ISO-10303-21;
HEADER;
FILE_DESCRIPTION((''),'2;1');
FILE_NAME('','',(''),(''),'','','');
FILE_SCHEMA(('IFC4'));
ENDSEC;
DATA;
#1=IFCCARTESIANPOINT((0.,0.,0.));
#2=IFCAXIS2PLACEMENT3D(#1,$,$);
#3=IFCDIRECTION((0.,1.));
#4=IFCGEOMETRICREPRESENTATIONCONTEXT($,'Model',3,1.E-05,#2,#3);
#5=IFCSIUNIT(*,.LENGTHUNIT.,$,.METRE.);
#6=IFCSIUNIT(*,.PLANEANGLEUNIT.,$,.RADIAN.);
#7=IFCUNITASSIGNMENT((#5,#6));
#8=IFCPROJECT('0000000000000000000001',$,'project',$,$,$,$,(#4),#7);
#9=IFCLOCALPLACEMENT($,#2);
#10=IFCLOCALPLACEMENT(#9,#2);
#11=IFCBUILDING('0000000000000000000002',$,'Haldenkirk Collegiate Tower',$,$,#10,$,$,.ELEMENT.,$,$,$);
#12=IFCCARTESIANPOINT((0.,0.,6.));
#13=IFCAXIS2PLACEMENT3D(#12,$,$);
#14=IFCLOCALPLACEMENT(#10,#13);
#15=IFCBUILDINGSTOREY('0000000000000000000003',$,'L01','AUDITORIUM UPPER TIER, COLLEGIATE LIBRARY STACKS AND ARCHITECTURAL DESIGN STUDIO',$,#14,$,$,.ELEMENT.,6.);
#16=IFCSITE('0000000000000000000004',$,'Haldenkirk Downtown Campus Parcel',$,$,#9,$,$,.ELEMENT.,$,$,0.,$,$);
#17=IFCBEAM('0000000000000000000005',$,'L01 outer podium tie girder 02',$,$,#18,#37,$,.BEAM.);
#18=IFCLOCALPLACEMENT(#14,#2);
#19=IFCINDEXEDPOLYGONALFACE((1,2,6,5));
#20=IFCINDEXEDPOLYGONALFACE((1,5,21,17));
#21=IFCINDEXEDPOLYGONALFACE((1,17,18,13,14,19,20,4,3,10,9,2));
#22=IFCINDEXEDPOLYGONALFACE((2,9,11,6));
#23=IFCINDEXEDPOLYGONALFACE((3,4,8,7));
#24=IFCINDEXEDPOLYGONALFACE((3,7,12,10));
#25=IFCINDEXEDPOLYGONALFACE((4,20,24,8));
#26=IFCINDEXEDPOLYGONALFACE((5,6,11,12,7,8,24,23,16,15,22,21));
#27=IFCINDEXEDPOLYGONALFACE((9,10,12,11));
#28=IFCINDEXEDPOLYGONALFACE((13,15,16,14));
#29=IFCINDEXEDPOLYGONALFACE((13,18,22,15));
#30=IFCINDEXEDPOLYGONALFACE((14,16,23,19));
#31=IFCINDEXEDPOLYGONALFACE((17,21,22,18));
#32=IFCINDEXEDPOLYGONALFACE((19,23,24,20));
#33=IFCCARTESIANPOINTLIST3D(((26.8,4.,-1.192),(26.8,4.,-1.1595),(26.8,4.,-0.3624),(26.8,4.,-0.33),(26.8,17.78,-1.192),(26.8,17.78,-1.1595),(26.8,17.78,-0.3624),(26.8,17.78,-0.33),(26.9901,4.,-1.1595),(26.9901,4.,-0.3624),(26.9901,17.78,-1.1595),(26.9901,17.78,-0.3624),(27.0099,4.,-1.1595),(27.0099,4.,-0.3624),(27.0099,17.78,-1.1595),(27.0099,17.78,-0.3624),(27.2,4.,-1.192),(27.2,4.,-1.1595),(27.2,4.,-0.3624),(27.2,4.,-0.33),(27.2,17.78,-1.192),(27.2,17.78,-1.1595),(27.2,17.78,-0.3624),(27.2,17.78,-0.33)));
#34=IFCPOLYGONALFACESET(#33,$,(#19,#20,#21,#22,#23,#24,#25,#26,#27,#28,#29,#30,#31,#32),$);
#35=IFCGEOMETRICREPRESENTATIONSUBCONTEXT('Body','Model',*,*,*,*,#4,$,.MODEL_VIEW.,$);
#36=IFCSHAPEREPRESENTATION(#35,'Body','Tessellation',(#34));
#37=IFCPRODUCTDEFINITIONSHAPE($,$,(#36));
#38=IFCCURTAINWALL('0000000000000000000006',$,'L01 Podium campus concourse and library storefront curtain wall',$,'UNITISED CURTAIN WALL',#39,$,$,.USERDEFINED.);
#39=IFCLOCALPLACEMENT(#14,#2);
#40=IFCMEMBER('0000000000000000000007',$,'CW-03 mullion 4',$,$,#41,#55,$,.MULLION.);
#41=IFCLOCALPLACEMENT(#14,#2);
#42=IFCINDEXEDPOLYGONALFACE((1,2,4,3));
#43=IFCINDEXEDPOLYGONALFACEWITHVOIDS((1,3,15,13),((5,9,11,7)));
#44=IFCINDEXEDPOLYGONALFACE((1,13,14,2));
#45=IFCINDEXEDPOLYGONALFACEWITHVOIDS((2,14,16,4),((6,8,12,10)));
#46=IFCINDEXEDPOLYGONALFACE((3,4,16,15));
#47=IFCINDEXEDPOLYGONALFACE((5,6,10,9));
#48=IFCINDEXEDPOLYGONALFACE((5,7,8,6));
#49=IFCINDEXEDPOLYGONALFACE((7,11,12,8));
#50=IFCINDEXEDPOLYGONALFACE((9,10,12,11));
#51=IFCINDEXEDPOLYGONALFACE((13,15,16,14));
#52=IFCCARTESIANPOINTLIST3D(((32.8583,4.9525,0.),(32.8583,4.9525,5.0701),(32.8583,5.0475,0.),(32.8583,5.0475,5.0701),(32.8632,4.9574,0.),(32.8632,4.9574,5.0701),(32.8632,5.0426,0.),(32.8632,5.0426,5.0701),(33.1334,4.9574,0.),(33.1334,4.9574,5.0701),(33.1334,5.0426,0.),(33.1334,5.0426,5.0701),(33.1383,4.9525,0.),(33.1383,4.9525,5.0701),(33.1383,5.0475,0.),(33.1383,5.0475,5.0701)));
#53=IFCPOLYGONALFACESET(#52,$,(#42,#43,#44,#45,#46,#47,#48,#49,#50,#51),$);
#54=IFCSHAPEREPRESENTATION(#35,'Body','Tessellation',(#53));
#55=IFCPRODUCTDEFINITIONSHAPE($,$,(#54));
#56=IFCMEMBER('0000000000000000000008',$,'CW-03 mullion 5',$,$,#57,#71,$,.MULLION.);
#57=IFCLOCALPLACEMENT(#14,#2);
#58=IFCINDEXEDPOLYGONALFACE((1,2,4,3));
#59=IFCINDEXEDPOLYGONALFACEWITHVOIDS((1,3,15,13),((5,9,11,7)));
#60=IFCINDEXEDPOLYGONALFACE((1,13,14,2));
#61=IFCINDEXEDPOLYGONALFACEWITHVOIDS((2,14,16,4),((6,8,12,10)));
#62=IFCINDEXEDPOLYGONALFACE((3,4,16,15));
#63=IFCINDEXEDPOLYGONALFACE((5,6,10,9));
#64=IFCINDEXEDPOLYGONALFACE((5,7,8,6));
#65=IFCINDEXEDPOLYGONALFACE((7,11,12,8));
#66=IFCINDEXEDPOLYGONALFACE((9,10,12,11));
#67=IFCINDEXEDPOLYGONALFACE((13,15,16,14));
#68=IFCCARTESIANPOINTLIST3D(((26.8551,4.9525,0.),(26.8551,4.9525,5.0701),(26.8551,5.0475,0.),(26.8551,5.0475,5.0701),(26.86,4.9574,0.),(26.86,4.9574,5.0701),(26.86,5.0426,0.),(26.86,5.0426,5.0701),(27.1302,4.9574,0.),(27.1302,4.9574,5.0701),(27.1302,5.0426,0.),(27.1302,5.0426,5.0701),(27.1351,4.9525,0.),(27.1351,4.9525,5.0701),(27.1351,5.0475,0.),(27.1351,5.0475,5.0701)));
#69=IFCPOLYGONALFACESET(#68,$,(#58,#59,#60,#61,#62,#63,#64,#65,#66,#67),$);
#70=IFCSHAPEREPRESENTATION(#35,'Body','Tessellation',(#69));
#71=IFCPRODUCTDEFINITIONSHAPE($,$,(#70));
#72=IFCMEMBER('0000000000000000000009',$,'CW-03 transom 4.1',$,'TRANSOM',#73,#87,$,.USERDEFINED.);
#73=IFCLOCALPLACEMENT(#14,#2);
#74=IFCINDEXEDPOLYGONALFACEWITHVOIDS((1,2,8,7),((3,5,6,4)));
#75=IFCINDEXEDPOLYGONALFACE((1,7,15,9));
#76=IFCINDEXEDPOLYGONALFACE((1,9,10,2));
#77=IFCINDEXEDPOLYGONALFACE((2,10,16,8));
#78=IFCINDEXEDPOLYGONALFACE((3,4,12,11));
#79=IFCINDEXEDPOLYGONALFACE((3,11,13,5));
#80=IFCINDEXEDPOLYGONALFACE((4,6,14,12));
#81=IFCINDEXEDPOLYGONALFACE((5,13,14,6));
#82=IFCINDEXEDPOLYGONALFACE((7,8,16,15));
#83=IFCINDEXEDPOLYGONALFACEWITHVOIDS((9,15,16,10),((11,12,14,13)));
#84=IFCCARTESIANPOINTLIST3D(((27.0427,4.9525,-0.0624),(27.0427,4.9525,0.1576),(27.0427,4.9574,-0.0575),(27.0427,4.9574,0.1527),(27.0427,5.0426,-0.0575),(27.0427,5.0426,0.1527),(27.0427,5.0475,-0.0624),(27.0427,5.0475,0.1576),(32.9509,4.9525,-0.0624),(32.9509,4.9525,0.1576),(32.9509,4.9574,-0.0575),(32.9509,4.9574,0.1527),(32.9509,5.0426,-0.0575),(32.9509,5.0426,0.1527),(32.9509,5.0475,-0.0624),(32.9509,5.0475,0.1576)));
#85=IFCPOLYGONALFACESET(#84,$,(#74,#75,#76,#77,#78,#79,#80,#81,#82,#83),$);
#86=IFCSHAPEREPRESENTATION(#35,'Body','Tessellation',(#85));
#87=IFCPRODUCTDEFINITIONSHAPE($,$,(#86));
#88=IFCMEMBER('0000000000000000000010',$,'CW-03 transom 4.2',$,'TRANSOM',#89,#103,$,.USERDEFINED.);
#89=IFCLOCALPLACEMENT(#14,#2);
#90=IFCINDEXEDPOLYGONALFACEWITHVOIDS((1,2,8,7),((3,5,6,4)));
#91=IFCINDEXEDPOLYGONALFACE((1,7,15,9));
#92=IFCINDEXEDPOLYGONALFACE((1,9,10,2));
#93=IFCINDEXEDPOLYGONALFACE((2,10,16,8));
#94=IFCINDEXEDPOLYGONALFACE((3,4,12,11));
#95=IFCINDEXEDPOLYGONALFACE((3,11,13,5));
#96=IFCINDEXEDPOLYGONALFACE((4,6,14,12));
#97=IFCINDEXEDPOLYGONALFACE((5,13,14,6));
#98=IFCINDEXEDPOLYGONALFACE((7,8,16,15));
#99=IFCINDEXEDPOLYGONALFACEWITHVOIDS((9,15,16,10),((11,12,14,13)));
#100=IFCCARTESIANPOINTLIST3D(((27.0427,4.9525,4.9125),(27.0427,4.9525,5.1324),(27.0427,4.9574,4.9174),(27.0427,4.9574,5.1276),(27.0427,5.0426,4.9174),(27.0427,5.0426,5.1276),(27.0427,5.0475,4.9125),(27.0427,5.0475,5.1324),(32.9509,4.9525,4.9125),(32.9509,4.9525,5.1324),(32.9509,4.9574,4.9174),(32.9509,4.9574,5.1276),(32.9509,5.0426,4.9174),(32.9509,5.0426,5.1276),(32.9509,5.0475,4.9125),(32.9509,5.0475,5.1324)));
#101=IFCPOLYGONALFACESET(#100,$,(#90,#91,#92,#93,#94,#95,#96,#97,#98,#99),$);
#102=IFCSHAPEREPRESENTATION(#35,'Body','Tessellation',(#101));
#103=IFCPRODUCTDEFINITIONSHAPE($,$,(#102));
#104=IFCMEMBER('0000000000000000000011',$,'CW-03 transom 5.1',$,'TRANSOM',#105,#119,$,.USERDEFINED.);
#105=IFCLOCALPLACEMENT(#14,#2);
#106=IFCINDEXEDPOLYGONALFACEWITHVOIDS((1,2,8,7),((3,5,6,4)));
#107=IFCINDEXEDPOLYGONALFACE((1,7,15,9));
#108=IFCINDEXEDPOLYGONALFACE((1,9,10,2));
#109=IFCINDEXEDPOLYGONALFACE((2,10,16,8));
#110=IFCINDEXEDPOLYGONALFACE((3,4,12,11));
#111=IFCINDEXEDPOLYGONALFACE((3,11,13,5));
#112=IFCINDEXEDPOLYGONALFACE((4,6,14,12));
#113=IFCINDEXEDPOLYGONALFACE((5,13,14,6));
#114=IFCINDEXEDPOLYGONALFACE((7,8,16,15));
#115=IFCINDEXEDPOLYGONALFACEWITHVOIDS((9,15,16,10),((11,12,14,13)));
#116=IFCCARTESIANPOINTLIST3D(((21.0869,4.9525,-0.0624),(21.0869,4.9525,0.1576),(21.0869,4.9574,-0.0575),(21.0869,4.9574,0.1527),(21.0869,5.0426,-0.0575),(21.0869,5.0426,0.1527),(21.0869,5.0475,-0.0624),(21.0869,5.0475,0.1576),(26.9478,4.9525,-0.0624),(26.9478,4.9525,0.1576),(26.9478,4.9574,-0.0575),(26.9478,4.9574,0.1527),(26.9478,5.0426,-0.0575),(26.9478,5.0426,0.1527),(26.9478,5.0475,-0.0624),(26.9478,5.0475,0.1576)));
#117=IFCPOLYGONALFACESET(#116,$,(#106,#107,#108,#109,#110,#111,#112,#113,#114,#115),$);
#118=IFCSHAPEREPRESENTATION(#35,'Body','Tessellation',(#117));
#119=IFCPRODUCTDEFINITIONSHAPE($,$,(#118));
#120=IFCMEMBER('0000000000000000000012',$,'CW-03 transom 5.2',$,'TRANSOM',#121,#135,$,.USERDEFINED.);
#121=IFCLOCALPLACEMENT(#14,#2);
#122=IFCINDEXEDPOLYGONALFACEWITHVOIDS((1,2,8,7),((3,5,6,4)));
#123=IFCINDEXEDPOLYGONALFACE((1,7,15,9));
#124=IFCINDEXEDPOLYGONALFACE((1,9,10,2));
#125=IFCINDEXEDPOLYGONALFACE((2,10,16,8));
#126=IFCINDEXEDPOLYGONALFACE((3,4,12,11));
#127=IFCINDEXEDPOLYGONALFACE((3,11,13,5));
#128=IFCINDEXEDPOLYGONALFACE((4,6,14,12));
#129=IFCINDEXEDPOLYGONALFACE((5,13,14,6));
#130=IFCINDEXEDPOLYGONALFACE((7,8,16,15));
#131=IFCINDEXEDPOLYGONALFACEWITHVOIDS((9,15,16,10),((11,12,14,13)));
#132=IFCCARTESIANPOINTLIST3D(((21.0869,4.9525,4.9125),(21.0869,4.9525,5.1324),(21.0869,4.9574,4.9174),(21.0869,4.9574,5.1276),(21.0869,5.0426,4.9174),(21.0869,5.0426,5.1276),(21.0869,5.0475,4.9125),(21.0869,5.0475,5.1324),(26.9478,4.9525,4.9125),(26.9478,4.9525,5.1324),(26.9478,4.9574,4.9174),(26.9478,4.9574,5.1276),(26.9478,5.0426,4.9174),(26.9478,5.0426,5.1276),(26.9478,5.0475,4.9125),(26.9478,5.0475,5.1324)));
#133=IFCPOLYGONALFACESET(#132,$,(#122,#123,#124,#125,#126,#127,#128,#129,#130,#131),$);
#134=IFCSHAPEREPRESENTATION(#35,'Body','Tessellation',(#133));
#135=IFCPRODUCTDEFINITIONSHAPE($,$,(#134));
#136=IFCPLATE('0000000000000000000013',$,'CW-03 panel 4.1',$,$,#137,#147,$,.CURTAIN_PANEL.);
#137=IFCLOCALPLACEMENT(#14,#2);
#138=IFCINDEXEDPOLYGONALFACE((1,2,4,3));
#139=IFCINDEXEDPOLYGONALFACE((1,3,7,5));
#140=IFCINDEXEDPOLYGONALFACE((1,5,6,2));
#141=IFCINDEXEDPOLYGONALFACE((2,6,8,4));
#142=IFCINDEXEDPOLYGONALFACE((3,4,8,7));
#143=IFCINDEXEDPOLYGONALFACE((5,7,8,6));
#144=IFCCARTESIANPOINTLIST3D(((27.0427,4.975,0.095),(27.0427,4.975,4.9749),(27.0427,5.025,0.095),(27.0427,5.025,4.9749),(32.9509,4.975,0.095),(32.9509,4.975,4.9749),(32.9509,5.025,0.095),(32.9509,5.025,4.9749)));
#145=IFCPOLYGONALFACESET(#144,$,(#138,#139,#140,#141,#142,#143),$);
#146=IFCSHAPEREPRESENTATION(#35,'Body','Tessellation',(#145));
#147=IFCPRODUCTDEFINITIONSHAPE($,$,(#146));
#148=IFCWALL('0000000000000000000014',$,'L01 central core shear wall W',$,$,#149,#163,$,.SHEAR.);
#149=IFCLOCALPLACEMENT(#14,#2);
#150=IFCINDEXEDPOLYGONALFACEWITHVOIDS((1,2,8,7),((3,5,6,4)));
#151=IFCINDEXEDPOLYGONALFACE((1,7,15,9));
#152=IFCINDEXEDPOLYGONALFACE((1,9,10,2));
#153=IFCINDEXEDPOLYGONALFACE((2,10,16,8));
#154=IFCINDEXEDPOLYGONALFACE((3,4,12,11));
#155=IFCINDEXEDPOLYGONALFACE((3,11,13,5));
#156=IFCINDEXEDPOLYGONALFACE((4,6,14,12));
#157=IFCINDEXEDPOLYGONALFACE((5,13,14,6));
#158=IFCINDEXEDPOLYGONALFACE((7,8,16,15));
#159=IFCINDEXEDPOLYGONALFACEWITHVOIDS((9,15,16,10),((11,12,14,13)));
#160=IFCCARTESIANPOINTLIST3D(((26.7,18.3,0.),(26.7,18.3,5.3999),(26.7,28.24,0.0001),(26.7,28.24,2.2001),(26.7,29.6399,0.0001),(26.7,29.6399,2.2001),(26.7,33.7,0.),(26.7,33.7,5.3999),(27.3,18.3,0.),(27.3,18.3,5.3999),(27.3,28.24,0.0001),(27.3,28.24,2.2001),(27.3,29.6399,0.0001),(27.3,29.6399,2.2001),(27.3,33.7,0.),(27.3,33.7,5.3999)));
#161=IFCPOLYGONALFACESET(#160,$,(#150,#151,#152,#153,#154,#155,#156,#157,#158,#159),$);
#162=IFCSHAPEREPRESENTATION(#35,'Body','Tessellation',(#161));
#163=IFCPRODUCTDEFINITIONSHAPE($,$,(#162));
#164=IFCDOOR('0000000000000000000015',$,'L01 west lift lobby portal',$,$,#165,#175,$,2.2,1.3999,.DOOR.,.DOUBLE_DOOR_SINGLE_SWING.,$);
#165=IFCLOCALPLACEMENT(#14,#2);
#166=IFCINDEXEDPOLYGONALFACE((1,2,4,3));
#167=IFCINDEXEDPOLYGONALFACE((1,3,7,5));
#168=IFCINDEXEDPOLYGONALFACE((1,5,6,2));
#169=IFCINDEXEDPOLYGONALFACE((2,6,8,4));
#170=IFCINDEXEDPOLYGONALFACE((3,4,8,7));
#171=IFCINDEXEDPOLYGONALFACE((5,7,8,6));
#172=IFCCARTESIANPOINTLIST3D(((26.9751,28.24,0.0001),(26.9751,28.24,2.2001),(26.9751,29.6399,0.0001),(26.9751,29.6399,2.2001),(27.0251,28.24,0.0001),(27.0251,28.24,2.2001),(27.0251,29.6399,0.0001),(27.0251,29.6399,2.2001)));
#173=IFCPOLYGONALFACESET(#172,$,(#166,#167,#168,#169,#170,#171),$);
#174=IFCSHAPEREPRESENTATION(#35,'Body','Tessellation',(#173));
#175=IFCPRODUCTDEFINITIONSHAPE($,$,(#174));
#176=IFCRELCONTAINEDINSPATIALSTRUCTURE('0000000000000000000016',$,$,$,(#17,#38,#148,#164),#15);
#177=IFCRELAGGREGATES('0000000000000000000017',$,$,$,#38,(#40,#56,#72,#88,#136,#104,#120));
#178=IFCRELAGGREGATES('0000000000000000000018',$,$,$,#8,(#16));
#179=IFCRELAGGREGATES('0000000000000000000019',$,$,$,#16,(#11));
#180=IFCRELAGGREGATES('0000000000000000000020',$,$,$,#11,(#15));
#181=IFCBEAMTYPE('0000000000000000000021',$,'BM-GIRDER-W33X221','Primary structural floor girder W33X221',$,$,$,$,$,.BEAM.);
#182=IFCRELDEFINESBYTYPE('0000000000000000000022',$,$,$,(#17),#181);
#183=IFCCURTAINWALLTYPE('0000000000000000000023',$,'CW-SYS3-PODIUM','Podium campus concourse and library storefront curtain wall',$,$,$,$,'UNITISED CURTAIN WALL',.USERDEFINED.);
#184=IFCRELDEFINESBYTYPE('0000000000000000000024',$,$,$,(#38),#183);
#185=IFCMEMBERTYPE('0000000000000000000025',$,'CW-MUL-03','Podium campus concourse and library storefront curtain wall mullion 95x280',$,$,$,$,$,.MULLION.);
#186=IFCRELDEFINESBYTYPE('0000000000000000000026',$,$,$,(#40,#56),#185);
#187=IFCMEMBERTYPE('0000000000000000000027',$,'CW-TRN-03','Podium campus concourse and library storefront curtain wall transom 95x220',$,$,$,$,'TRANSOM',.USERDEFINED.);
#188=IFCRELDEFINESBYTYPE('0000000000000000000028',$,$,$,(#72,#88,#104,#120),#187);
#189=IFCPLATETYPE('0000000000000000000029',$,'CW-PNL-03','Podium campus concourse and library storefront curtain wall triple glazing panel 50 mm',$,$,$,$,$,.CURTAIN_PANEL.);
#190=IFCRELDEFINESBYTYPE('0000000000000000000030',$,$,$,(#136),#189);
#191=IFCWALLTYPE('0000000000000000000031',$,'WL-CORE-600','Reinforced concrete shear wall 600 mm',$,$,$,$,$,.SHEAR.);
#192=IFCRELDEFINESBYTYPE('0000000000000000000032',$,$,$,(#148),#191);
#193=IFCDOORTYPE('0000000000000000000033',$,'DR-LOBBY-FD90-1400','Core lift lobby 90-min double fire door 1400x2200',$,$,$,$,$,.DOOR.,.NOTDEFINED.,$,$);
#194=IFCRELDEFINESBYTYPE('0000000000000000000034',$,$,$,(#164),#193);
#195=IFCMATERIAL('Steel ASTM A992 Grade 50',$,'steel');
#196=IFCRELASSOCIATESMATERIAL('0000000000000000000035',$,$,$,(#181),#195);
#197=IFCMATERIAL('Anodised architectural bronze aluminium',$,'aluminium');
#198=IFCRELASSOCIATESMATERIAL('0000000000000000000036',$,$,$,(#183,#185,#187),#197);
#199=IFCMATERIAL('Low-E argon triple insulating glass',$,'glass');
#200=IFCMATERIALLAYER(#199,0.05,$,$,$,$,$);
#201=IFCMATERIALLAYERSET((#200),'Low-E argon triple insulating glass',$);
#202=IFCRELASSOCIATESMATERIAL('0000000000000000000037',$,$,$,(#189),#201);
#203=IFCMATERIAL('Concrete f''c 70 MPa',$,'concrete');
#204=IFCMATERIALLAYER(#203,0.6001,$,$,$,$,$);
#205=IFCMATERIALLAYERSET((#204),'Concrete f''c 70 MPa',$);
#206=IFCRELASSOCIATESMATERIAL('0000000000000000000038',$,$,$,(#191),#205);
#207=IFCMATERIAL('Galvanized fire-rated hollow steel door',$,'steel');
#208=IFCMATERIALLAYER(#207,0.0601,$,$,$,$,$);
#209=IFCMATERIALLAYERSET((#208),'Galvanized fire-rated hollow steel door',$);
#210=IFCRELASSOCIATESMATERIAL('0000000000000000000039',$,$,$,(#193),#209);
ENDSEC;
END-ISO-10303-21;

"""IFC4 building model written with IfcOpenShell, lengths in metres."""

from ifc_helpers import new_model, si_unit, direction, frame, frame_2d, origin, origin_2d, place, context, subcontext, project, spatial, rectangle, hollow_rectangle, i_section, extrude, source, transform, mapped, material, layer, layer_set, material_profile, profile_set, type_object, element, fill, aggregate, save


model = new_model("IFC4")

# Units and contexts
model_context = context("Model", 3, precision=1e-05, world=origin(), true_north=direction((0.0, 1.0)))
body_context = subcontext(model_context, "Body", "Model", "MODEL_VIEW")
ifc_project = project(units=[si_unit("LENGTHUNIT", "METRE"), si_unit("PLANEANGLEUNIT", "RADIAN")], contexts=[model_context])

# Site, building, storey
site_placement = place(None, origin())
site = spatial("IfcSite", under=ifc_project, at=site_placement, Name="Haldenkirk Downtown Campus Parcel", CompositionType="ELEMENT", RefElevation=0.0)
building_placement = place(site_placement, origin())
building = spatial("IfcBuilding", under=site, at=building_placement, Name="Haldenkirk Collegiate Tower", CompositionType="ELEMENT")
storey_placement = place(building_placement, frame((0.0, 0.0, 6.0)))
storey = spatial("IfcBuildingStorey", under=building, at=storey_placement, Name="L01", Description="AUDITORIUM UPPER TIER, COLLEGIATE LIBRARY STACKS AND ARCHITECTURAL DESIGN STUDIO", CompositionType="ELEMENT", Elevation=6.0)

# Beam
ifc_material_1 = material(Name="Steel ASTM A992 Grade 50", Category="steel")
ifc_material_profile_1 = material_profile(ifc_material_1, i_section(OverallWidth=0.3999, OverallDepth=0.8621, WebThickness=0.0198, FlangeThickness=0.0325, at=origin_2d()), Name="W33X221")
ifc_profile_set_1 = profile_set([ifc_material_profile_1], Name="Steel ASTM A992 Grade 50")
beam_type = type_object("IfcBeamType", Name="BM-GIRDER-W33X221", Description="Primary structural floor girder W33X221", PredefinedType="BEAM", material=ifc_profile_set_1)
beam_placement = place(storey_placement, frame((27.0, 4.0, -0.761), z_axis=(0.0, 1.0, 0.0), x_axis=(-1.0, 0.0, 0.0)))
element("IfcBeam", 1, at=beam_placement, inside=storey, type_object=beam_type, Name="L01 outer podium tie girder 02", PredefinedType="BEAM", context=body_context, shape_type="SweptSolid", body=[
    extrude(i_section(OverallWidth=0.3999, OverallDepth=0.8621, WebThickness=0.0198, FlangeThickness=0.0325, at=origin_2d()), origin(), (0.0, 0.0, 1.0), 13.78),
])

# Curtain wall, members, plate
ifc_material_2 = material(Name="Anodised architectural bronze aluminium", Category="aluminium")
curtain_wall_type = type_object("IfcCurtainWallType", Name="CW-SYS3-PODIUM", Description="Podium campus concourse and library storefront curtain wall", ElementType="UNITISED CURTAIN WALL", PredefinedType="USERDEFINED", material=ifc_material_2)
curtain_wall_placement = place(storey_placement, origin())
curtain_wall = element("IfcCurtainWall", 2, at=curtain_wall_placement, inside=storey, type_object=curtain_wall_type, Name="L01 Podium campus concourse and library storefront curtain wall", ObjectType="UNITISED CURTAIN WALL", PredefinedType="USERDEFINED")
ifc_material_profile_2 = material_profile(ifc_material_2, hollow_rectangle(XDim=0.095, YDim=0.28, WallThickness=0.0049, at=origin_2d()), Name="CW-MUL-03")
ifc_profile_set_2 = profile_set([ifc_material_profile_2], Name="Anodised architectural bronze aluminium")
member_type_1 = type_object("IfcMemberType", Name="CW-MUL-03", Description="Podium campus concourse and library storefront curtain wall mullion 95x280", PredefinedType="MULLION", material=ifc_profile_set_2)
member_1_placement = place(storey_placement, frame((32.9983, 5.0, 0.0), z_axis=(0.0, 0.0, 1.0), x_axis=(0.0, -1.0, 0.0)))
member_1 = element("IfcMember", 3, at=member_1_placement, type_object=member_type_1, Name="CW-03 mullion 4", PredefinedType="MULLION", context=body_context, shape_type="SweptSolid", body=[
    extrude(hollow_rectangle(XDim=0.095, YDim=0.28, WallThickness=0.0049, at=origin_2d()), origin(), (0.0, 0.0, 1.0), 5.0701),
])
member_2_placement = place(storey_placement, frame((26.9951, 5.0, 0.0), z_axis=(0.0, 0.0, 1.0), x_axis=(0.0, -1.0, 0.0)))
member_2 = element("IfcMember", 4, at=member_2_placement, type_object=member_type_1, Name="CW-03 mullion 5", PredefinedType="MULLION", context=body_context, shape_type="SweptSolid", body=[
    extrude(hollow_rectangle(XDim=0.095, YDim=0.28, WallThickness=0.0049, at=origin_2d()), origin(), (0.0, 0.0, 1.0), 5.0701),
])
ifc_material_profile_3 = material_profile(ifc_material_2, hollow_rectangle(XDim=0.095, YDim=0.22, WallThickness=0.0049, at=origin_2d()), Name="CW-TRN-03")
ifc_profile_set_3 = profile_set([ifc_material_profile_3], Name="Anodised architectural bronze aluminium")
member_type_2 = type_object("IfcMemberType", Name="CW-TRN-03", Description="Podium campus concourse and library storefront curtain wall transom 95x220", ElementType="TRANSOM", PredefinedType="USERDEFINED", material=ifc_profile_set_3)
member_3_placement = place(storey_placement, frame((32.9509, 5.0, 0.0476), z_axis=(-1.0, 0.0, 0.0), x_axis=(0.0, -1.0, 0.0)))
member_3 = element("IfcMember", 5, at=member_3_placement, type_object=member_type_2, Name="CW-03 transom 4.1", ObjectType="TRANSOM", PredefinedType="USERDEFINED", context=body_context, shape_type="SweptSolid", body=[
    extrude(hollow_rectangle(XDim=0.095, YDim=0.22, WallThickness=0.0049, at=origin_2d()), origin(), (0.0, 0.0, 1.0), 5.9082),
])
member_4_placement = place(storey_placement, frame((32.9509, 5.0, 5.0225), z_axis=(-1.0, 0.0, 0.0), x_axis=(0.0, -1.0, 0.0)))
member_4 = element("IfcMember", 6, at=member_4_placement, type_object=member_type_2, Name="CW-03 transom 4.2", ObjectType="TRANSOM", PredefinedType="USERDEFINED", context=body_context, shape_type="SweptSolid", body=[
    extrude(hollow_rectangle(XDim=0.095, YDim=0.22, WallThickness=0.0049, at=origin_2d()), origin(), (0.0, 0.0, 1.0), 5.9082),
])
member_5_placement = place(storey_placement, frame((26.9478, 5.0, 0.0476), z_axis=(-1.0, 0.0, 0.0), x_axis=(0.0, -1.0, 0.0)))
member_5 = element("IfcMember", 7, at=member_5_placement, type_object=member_type_2, Name="CW-03 transom 5.1", ObjectType="TRANSOM", PredefinedType="USERDEFINED", context=body_context, shape_type="SweptSolid", body=[
    extrude(hollow_rectangle(XDim=0.095, YDim=0.22, WallThickness=0.0049, at=origin_2d()), origin(), (0.0, 0.0, 1.0), 5.8608),
])
member_6_placement = place(storey_placement, frame((26.9478, 5.0, 5.0225), z_axis=(-1.0, 0.0, 0.0), x_axis=(0.0, -1.0, 0.0)))
member_6 = element("IfcMember", 8, at=member_6_placement, type_object=member_type_2, Name="CW-03 transom 5.2", ObjectType="TRANSOM", PredefinedType="USERDEFINED", context=body_context, shape_type="SweptSolid", body=[
    extrude(hollow_rectangle(XDim=0.095, YDim=0.22, WallThickness=0.0049, at=origin_2d()), origin(), (0.0, 0.0, 1.0), 5.8608),
])
ifc_material_3 = material(Name="Low-E argon triple insulating glass", Category="glass")
ifc_layer_1 = layer(ifc_material_3, 0.05)
ifc_layer_set_1 = layer_set([ifc_layer_1], Name="Low-E argon triple insulating glass")
plate_type = type_object("IfcPlateType", Name="CW-PNL-03", Description="Podium campus concourse and library storefront curtain wall triple glazing panel 50 mm", PredefinedType="CURTAIN_PANEL", material=ifc_layer_set_1)
shared_shape = source(origin(), body_context, "Body", "SweptSolid", [
    extrude(rectangle(XDim=5.9082, YDim=0.05, at=origin_2d()), origin(), (0.0, 0.0, 1.0), 4.8799),
])
plate_placement = place(storey_placement, frame((29.9968, 5.0, 0.095), z_axis=(0.0, 0.0, 1.0), x_axis=(-1.0, 0.0, 0.0)))
plate = element("IfcPlate", 9, at=plate_placement, type_object=plate_type, Name="CW-03 panel 4.1", PredefinedType="CURTAIN_PANEL", context=body_context, shape_type="MappedRepresentation", body=[
    mapped(shared_shape, transform((0.0, 0.0, 0.0), x_axis=(1.0, 0.0, 0.0), y_axis=(0.0, 1.0, 0.0), z_axis=(0.0, 0.0, 1.0), scale=1.0)),
])
aggregate(curtain_wall, [member_1, member_2, member_3, member_4, plate, member_5, member_6])

# Wall, opening, door
ifc_material_4 = material(Name="Concrete f'c 70 MPa", Category="concrete")
ifc_layer_2 = layer(ifc_material_4, 0.6001)
ifc_layer_set_2 = layer_set([ifc_layer_2], Name="Concrete f'c 70 MPa")
wall_type_1 = type_object("IfcWallType", Name="WL-CORE-600", Description="Reinforced concrete shear wall 600 mm", PredefinedType="SHEAR", material=ifc_layer_set_2)
wall_1_placement = place(storey_placement, frame((27.0, 18.3, 0.0), z_axis=(0.0, 0.0, 1.0), x_axis=(0.0, 1.0, 0.0)))
wall_1 = element("IfcWall", 10, at=wall_1_placement, inside=storey, type_object=wall_type_1, Name="L01 central core shear wall W", PredefinedType="SHEAR", context=body_context, shape_type="SweptSolid", body=[
    extrude(rectangle(XDim=15.3999, YDim=0.6001, at=frame_2d((7.7, 0.0))), origin(), (0.0, 0.0, 1.0), 5.3999),
])
opening_1_placement = place(wall_1_placement, frame((9.9399, 0.0, 0.0)))
opening_1 = element("IfcOpeningElement", 11, at=opening_1_placement, cuts=wall_1, PredefinedType="OPENING", context=body_context, shape_type="SweptSolid", body=[
    extrude(rectangle(XDim=1.3999, YDim=2.2, at=frame_2d((0.7, 1.1001))), frame((0.0, 0.3101, 0.0), z_axis=(0.0, -1.0, 0.0), x_axis=(1.0, 0.0, 0.0)), (0.0, 0.0, 1.0), 0.6201),
])
ifc_material_5 = material(Name="Galvanized fire-rated hollow steel door", Category="steel")
ifc_layer_3 = layer(ifc_material_5, 0.0601)
ifc_layer_set_3 = layer_set([ifc_layer_3], Name="Galvanized fire-rated hollow steel door")
door_type_1 = type_object("IfcDoorType", Name="DR-LOBBY-FD90-1400", Description="Core lift lobby 90-min double fire door 1400x2200", OperationType="NOTDEFINED", PredefinedType="DOOR", material=ifc_layer_set_3)
door_1_placement = place(opening_1_placement, origin())
door_1 = element("IfcDoor", 12, at=door_1_placement, inside=storey, type_object=door_type_1, Name="L01 west lift lobby portal", OperationType="DOUBLE_DOOR_SINGLE_SWING", OverallHeight=2.2, OverallWidth=1.3999, PredefinedType="DOOR", context=body_context, shape_type="SweptSolid", body=[
    extrude(rectangle(XDim=1.3999, YDim=2.2, at=frame_2d((0.7, 1.1001))), frame((0.0, 0.0249, 0.0), z_axis=(0.0, -1.0, 0.0), x_axis=(1.0, 0.0, 0.0)), (0.0, 0.0, 1.0), 0.05),
])
fill(opening_1, door_1)

save(model, "model.ifc")
